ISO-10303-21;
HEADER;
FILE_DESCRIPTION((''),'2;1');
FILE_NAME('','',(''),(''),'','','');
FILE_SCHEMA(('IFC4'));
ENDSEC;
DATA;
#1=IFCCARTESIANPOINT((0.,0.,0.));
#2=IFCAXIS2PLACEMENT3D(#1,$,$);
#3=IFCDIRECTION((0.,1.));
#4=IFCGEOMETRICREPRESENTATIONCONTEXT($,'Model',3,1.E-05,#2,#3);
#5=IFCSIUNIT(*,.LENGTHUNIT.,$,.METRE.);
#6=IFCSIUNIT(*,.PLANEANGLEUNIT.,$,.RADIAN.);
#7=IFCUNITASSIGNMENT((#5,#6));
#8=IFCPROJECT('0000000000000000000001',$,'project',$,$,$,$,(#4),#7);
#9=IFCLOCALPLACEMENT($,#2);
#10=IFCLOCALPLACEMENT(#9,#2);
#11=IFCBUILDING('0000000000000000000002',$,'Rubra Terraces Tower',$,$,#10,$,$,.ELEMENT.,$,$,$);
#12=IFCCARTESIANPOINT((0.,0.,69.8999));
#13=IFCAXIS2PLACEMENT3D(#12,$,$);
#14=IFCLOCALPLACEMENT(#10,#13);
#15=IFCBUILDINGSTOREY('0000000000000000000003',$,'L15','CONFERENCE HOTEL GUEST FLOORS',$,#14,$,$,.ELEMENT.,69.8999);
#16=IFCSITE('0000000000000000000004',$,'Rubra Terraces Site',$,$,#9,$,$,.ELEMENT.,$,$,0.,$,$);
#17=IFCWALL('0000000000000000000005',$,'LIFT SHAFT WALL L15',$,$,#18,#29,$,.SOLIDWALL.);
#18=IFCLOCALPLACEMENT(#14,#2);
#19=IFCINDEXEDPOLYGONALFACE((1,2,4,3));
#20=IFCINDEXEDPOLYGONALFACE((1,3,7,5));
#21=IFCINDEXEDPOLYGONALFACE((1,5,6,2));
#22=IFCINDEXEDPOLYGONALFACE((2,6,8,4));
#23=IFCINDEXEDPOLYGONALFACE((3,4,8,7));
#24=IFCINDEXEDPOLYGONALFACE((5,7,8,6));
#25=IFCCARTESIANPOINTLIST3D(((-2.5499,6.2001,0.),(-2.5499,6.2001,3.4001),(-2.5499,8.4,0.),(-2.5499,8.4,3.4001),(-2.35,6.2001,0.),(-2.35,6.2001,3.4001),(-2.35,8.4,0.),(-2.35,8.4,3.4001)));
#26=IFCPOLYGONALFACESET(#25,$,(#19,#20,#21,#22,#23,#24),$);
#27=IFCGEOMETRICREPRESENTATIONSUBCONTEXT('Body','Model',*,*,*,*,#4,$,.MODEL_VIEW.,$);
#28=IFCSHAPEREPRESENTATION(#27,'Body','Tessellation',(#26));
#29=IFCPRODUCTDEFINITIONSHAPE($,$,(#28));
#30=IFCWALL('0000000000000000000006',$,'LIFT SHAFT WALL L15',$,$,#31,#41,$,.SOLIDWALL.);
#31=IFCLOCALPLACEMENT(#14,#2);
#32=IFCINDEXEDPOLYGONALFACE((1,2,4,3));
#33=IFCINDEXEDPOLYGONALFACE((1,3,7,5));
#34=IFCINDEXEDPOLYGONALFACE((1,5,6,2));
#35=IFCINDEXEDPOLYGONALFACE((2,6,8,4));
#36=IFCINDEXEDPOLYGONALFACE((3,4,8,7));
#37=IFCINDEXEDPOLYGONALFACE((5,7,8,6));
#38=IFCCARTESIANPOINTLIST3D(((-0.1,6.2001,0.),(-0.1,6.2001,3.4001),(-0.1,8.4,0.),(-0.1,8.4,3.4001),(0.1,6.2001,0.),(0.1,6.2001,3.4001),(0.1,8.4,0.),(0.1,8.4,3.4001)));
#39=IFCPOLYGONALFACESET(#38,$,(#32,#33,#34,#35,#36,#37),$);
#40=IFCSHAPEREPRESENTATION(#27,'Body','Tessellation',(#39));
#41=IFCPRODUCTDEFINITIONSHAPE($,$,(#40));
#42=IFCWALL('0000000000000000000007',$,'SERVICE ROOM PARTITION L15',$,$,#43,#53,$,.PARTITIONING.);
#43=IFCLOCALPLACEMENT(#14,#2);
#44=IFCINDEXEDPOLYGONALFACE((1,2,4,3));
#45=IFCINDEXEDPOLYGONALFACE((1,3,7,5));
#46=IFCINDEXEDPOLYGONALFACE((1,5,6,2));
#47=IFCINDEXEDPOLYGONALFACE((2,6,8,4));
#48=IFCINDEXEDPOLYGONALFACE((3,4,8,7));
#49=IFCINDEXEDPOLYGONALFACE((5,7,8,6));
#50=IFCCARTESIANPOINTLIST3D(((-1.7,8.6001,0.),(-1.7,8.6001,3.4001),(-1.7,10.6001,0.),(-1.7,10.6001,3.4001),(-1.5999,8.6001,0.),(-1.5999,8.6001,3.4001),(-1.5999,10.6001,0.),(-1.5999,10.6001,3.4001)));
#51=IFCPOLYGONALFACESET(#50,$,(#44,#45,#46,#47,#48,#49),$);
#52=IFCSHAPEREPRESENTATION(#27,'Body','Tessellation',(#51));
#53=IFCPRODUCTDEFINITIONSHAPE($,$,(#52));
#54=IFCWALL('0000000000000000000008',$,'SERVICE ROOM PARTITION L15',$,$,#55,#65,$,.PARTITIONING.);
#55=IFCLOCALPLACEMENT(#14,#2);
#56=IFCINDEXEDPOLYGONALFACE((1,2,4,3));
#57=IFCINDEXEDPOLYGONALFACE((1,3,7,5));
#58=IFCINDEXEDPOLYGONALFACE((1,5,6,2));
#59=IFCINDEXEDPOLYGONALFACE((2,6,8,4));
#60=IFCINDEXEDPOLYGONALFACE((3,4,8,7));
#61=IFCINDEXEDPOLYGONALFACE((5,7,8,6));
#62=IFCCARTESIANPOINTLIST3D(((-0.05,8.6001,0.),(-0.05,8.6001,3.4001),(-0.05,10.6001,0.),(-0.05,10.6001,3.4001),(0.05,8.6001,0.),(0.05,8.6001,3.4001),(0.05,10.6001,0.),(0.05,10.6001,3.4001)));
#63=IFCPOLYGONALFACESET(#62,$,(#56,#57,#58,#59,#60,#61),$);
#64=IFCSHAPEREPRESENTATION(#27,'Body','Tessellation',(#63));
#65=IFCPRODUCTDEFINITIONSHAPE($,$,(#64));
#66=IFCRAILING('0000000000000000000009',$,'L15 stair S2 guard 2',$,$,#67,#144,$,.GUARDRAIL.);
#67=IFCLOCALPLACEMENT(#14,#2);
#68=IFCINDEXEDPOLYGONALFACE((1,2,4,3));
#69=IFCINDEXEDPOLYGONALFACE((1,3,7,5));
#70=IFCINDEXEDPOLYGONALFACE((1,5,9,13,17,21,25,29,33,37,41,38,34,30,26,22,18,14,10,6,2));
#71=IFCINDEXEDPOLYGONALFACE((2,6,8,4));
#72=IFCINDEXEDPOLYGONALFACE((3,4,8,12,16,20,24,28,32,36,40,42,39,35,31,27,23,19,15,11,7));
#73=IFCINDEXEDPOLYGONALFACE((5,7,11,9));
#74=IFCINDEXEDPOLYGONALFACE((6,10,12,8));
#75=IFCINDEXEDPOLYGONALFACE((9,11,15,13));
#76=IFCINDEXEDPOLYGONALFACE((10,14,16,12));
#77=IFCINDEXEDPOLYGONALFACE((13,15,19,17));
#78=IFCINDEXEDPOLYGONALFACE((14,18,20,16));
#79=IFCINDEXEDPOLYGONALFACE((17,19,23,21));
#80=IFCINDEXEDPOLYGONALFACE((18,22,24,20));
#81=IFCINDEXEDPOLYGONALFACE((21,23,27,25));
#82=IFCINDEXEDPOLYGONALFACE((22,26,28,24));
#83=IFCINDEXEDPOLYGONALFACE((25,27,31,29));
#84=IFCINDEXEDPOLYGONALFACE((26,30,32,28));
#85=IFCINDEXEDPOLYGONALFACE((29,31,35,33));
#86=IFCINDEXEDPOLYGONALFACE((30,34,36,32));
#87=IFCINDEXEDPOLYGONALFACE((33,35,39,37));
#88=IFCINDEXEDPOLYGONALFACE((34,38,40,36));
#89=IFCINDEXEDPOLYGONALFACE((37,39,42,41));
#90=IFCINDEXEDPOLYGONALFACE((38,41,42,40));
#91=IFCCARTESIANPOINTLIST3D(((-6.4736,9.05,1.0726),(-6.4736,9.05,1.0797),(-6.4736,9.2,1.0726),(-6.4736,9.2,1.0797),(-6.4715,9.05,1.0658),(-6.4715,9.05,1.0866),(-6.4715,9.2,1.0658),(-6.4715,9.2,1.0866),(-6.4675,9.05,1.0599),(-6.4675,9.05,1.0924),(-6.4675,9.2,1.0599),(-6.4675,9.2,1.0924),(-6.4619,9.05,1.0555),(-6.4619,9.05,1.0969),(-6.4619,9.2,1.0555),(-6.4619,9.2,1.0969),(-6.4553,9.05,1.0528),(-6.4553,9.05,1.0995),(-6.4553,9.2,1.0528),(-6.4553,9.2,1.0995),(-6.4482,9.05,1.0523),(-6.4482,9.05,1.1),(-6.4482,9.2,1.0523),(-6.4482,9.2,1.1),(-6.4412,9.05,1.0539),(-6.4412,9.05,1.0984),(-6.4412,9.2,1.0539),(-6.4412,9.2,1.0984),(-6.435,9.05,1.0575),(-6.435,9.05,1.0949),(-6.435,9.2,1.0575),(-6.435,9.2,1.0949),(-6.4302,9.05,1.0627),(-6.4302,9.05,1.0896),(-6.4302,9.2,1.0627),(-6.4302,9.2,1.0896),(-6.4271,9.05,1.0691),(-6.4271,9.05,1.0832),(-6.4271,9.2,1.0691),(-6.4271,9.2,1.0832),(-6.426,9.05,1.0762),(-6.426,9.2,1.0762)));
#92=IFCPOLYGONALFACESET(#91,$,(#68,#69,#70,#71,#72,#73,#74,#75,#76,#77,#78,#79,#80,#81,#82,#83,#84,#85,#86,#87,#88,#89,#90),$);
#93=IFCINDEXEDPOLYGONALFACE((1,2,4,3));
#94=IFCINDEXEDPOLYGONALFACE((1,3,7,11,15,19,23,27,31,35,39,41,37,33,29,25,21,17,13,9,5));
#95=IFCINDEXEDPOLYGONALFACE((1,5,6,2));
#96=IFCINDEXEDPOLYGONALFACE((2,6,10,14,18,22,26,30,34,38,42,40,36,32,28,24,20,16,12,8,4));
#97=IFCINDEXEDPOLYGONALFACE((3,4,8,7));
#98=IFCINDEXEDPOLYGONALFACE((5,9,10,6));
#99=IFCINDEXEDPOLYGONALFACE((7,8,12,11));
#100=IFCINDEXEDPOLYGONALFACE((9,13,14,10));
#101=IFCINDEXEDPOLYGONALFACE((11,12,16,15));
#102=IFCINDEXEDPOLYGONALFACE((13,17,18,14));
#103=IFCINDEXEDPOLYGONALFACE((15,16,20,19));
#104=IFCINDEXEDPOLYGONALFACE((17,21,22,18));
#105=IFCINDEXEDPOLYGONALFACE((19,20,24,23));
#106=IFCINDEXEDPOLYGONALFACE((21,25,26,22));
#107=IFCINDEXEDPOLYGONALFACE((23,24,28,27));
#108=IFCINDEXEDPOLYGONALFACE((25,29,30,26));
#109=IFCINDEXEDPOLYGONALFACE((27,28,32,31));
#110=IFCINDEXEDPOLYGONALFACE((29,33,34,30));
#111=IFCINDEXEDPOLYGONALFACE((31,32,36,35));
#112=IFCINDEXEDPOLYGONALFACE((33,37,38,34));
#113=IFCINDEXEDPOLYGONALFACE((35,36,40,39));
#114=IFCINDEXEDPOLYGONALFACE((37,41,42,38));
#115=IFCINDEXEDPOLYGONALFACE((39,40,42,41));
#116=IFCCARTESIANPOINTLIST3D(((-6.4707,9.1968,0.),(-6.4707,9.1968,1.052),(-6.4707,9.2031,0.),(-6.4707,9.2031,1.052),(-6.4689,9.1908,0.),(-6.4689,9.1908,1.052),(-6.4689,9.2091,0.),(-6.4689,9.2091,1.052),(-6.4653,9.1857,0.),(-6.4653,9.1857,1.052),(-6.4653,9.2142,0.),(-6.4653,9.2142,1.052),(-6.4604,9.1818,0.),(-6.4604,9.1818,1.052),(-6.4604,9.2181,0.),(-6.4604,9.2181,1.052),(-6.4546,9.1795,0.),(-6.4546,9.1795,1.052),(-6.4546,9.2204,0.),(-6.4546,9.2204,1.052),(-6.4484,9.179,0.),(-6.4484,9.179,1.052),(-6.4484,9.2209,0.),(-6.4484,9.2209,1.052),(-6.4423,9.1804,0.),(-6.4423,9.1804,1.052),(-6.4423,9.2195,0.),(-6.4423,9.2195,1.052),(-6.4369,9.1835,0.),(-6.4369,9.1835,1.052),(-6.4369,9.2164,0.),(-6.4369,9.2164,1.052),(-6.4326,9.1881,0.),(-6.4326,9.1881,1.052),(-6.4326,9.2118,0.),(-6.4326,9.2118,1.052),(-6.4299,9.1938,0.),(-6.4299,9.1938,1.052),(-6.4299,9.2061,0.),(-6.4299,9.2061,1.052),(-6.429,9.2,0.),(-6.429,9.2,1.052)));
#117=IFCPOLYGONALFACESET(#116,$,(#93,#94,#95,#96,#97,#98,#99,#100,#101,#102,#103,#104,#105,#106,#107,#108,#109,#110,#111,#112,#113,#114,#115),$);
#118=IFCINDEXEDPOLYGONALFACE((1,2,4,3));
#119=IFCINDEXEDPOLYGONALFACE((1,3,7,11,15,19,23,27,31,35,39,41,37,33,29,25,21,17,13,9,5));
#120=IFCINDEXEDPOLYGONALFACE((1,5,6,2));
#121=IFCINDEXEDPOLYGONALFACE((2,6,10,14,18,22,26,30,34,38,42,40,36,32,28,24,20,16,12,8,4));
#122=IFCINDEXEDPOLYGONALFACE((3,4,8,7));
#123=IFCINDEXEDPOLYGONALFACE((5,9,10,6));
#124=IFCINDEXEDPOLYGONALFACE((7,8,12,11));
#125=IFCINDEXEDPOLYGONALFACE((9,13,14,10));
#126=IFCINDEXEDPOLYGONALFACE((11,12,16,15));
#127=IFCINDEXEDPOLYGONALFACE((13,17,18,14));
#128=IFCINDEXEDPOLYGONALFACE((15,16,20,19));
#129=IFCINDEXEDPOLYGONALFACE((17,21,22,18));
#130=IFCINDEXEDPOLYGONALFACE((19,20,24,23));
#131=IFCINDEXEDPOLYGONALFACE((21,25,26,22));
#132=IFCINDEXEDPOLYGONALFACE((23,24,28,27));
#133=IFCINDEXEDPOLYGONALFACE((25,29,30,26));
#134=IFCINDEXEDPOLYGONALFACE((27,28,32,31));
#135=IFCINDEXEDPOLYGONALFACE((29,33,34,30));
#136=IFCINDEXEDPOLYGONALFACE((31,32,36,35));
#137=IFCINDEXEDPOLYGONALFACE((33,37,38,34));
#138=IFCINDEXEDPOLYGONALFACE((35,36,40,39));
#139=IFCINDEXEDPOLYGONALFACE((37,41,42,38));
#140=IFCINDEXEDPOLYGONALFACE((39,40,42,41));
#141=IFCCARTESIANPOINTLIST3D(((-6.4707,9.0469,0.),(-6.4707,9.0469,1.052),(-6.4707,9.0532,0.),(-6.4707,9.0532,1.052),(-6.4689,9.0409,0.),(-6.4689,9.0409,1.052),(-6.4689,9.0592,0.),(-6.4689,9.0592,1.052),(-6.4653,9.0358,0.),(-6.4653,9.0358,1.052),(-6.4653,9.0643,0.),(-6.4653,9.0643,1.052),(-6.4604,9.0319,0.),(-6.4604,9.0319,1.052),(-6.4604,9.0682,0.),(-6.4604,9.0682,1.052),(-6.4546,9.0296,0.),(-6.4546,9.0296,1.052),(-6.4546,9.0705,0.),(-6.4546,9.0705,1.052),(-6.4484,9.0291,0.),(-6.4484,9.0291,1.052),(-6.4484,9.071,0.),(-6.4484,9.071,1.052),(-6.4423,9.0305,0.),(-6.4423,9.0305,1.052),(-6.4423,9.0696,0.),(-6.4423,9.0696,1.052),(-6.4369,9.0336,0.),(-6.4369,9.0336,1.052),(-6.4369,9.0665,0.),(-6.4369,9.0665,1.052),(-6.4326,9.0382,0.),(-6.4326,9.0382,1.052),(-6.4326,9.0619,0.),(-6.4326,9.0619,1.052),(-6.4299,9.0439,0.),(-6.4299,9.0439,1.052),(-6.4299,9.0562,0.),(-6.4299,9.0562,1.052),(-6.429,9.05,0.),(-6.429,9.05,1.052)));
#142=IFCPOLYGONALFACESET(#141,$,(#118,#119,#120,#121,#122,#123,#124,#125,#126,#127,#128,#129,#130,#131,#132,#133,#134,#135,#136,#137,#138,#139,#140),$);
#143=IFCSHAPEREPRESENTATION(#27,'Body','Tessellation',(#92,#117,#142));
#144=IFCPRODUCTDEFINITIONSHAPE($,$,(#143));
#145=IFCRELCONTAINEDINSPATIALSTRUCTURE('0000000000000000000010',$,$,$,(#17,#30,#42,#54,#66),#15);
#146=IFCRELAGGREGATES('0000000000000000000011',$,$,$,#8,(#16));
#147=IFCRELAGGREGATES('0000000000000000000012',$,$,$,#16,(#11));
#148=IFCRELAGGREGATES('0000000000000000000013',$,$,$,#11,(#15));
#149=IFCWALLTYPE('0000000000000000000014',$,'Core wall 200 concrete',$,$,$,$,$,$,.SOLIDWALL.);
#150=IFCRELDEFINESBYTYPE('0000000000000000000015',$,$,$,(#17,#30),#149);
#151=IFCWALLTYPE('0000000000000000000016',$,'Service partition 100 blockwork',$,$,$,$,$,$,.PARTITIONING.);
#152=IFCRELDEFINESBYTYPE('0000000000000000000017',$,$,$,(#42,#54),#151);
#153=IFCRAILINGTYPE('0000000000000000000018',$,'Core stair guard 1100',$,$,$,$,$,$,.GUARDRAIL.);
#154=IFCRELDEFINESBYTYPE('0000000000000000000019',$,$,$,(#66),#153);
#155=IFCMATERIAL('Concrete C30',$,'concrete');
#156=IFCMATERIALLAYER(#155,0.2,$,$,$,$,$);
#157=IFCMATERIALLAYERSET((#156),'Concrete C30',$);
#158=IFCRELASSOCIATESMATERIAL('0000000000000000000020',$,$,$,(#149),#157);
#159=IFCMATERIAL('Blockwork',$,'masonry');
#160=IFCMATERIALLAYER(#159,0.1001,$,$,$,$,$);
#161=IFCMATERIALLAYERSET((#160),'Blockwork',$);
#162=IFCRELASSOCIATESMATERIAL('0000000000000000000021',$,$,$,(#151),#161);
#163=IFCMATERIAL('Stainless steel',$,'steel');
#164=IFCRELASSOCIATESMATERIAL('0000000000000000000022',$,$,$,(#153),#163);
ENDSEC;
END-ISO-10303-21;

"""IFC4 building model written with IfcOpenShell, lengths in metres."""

from ifc_helpers import new_model, si_unit, direction, frame, frame_2d, origin, origin_2d, place, context, subcontext, project, spatial, rectangle, circle, extrude, material, layer, layer_set, type_object, element, save


model = new_model("IFC4")

# Units and contexts
model_context = context("Model", 3, precision=1e-05, world=origin(), true_north=direction((0.0, 1.0)))
body_context = subcontext(model_context, "Body", "Model", "MODEL_VIEW")
ifc_project = project(units=[si_unit("LENGTHUNIT", "METRE"), si_unit("PLANEANGLEUNIT", "RADIAN")], contexts=[model_context])

# Site, building, storey
site_placement = place(None, origin())
site = spatial("IfcSite", under=ifc_project, at=site_placement, Name="Rubra Terraces Site", CompositionType="ELEMENT", RefElevation=0.0)
building_placement = place(site_placement, origin())
building = spatial("IfcBuilding", under=site, at=building_placement, Name="Rubra Terraces Tower", CompositionType="ELEMENT")
storey_placement = place(building_placement, frame((0.0, 0.0, 69.8999)))
storey = spatial("IfcBuildingStorey", under=building, at=storey_placement, Name="L15", Description="CONFERENCE HOTEL GUEST FLOORS", CompositionType="ELEMENT", Elevation=69.8999)

# Shared definitions
ifc_material_1 = material(Name="Concrete C30", Category="concrete")
ifc_layer_1 = layer(ifc_material_1, 0.2)
ifc_layer_set_1 = layer_set([ifc_layer_1], Name="Concrete C30")
wall_type_1 = type_object("IfcWallType", Name="Core wall 200 concrete", PredefinedType="SOLIDWALL", material=ifc_layer_set_1)
ifc_material_2 = material(Name="Stainless steel", Category="steel")

# Walls
for number, where, z_axis, x_axis, name in (
    (1, (-2.45, 6.2, 0.0), (0.0, 0.0, 1.0), (0.0, 1.0, 0.0), "LIFT SHAFT WALL L15"),
    (2, (0.0, 6.2, 0.0), (0.0, 0.0, 1.0), (0.0, 1.0, 0.0), "LIFT SHAFT WALL L15"),
):
    element("IfcWall", number, at=place(storey_placement, frame(where, z_axis=z_axis, x_axis=x_axis)), inside=storey, type_object=wall_type_1, Name=name, PredefinedType="SOLIDWALL", context=body_context, shape_type="SweptSolid", body=[
        extrude(rectangle(XDim=2.2, YDim=0.2, at=frame_2d((1.1001, 0.0))), origin(), (0.0, 0.0, 1.0), 3.4001),
    ])
ifc_material_3 = material(Name="Blockwork", Category="masonry")
ifc_layer_2 = layer(ifc_material_3, 0.1001)
ifc_layer_set_2 = layer_set([ifc_layer_2], Name="Blockwork")
wall_type_2 = type_object("IfcWallType", Name="Service partition 100 blockwork", PredefinedType="PARTITIONING", material=ifc_layer_set_2)
for number, where, z_axis, x_axis, name in (
    (3, (-1.6499, 8.6001, 0.0), (0.0, 0.0, 1.0), (0.0, 1.0, 0.0), "SERVICE ROOM PARTITION L15"),
    (4, (0.0, 8.6001, 0.0), (0.0, 0.0, 1.0), (0.0, 1.0, 0.0), "SERVICE ROOM PARTITION L15"),
):
    element("IfcWall", number, at=place(storey_placement, frame(where, z_axis=z_axis, x_axis=x_axis)), inside=storey, type_object=wall_type_2, Name=name, PredefinedType="PARTITIONING", context=body_context, shape_type="SweptSolid", body=[
        extrude(rectangle(XDim=2.0, YDim=0.1001, at=frame_2d((1.0, 0.0))), origin(), (0.0, 0.0, 1.0), 3.4001),
    ])

# Railing
railing_type_1 = type_object("IfcRailingType", Name="Core stair guard 1100", PredefinedType="GUARDRAIL", material=ifc_material_2)
railing_1_placement = place(storey_placement, frame((-6.45, 9.2, 0.0)))
element("IfcRailing", 5, at=railing_1_placement, inside=storey, type_object=railing_type_1, Name="L15 stair S2 guard 2", PredefinedType="GUARDRAIL", context=body_context, shape_type="SweptSolid", body=[
    extrude(circle(Radius=0.0239, at=origin_2d()), frame((0.0, 0.0, 1.0762), z_axis=(0.0, -1.0, 0.0), x_axis=(1.0, 0.0, 0.0)), (0.0, 0.0, 1.0), 0.1499),
    extrude(circle(Radius=0.021, at=origin_2d()), origin(), (0.0, 0.0, 1.0), 1.052),
    extrude(circle(Radius=0.021, at=origin_2d()), frame((0.0, -0.1499, 0.0)), (0.0, 0.0, 1.0), 1.052),
])

save(model, "model.ifc")
